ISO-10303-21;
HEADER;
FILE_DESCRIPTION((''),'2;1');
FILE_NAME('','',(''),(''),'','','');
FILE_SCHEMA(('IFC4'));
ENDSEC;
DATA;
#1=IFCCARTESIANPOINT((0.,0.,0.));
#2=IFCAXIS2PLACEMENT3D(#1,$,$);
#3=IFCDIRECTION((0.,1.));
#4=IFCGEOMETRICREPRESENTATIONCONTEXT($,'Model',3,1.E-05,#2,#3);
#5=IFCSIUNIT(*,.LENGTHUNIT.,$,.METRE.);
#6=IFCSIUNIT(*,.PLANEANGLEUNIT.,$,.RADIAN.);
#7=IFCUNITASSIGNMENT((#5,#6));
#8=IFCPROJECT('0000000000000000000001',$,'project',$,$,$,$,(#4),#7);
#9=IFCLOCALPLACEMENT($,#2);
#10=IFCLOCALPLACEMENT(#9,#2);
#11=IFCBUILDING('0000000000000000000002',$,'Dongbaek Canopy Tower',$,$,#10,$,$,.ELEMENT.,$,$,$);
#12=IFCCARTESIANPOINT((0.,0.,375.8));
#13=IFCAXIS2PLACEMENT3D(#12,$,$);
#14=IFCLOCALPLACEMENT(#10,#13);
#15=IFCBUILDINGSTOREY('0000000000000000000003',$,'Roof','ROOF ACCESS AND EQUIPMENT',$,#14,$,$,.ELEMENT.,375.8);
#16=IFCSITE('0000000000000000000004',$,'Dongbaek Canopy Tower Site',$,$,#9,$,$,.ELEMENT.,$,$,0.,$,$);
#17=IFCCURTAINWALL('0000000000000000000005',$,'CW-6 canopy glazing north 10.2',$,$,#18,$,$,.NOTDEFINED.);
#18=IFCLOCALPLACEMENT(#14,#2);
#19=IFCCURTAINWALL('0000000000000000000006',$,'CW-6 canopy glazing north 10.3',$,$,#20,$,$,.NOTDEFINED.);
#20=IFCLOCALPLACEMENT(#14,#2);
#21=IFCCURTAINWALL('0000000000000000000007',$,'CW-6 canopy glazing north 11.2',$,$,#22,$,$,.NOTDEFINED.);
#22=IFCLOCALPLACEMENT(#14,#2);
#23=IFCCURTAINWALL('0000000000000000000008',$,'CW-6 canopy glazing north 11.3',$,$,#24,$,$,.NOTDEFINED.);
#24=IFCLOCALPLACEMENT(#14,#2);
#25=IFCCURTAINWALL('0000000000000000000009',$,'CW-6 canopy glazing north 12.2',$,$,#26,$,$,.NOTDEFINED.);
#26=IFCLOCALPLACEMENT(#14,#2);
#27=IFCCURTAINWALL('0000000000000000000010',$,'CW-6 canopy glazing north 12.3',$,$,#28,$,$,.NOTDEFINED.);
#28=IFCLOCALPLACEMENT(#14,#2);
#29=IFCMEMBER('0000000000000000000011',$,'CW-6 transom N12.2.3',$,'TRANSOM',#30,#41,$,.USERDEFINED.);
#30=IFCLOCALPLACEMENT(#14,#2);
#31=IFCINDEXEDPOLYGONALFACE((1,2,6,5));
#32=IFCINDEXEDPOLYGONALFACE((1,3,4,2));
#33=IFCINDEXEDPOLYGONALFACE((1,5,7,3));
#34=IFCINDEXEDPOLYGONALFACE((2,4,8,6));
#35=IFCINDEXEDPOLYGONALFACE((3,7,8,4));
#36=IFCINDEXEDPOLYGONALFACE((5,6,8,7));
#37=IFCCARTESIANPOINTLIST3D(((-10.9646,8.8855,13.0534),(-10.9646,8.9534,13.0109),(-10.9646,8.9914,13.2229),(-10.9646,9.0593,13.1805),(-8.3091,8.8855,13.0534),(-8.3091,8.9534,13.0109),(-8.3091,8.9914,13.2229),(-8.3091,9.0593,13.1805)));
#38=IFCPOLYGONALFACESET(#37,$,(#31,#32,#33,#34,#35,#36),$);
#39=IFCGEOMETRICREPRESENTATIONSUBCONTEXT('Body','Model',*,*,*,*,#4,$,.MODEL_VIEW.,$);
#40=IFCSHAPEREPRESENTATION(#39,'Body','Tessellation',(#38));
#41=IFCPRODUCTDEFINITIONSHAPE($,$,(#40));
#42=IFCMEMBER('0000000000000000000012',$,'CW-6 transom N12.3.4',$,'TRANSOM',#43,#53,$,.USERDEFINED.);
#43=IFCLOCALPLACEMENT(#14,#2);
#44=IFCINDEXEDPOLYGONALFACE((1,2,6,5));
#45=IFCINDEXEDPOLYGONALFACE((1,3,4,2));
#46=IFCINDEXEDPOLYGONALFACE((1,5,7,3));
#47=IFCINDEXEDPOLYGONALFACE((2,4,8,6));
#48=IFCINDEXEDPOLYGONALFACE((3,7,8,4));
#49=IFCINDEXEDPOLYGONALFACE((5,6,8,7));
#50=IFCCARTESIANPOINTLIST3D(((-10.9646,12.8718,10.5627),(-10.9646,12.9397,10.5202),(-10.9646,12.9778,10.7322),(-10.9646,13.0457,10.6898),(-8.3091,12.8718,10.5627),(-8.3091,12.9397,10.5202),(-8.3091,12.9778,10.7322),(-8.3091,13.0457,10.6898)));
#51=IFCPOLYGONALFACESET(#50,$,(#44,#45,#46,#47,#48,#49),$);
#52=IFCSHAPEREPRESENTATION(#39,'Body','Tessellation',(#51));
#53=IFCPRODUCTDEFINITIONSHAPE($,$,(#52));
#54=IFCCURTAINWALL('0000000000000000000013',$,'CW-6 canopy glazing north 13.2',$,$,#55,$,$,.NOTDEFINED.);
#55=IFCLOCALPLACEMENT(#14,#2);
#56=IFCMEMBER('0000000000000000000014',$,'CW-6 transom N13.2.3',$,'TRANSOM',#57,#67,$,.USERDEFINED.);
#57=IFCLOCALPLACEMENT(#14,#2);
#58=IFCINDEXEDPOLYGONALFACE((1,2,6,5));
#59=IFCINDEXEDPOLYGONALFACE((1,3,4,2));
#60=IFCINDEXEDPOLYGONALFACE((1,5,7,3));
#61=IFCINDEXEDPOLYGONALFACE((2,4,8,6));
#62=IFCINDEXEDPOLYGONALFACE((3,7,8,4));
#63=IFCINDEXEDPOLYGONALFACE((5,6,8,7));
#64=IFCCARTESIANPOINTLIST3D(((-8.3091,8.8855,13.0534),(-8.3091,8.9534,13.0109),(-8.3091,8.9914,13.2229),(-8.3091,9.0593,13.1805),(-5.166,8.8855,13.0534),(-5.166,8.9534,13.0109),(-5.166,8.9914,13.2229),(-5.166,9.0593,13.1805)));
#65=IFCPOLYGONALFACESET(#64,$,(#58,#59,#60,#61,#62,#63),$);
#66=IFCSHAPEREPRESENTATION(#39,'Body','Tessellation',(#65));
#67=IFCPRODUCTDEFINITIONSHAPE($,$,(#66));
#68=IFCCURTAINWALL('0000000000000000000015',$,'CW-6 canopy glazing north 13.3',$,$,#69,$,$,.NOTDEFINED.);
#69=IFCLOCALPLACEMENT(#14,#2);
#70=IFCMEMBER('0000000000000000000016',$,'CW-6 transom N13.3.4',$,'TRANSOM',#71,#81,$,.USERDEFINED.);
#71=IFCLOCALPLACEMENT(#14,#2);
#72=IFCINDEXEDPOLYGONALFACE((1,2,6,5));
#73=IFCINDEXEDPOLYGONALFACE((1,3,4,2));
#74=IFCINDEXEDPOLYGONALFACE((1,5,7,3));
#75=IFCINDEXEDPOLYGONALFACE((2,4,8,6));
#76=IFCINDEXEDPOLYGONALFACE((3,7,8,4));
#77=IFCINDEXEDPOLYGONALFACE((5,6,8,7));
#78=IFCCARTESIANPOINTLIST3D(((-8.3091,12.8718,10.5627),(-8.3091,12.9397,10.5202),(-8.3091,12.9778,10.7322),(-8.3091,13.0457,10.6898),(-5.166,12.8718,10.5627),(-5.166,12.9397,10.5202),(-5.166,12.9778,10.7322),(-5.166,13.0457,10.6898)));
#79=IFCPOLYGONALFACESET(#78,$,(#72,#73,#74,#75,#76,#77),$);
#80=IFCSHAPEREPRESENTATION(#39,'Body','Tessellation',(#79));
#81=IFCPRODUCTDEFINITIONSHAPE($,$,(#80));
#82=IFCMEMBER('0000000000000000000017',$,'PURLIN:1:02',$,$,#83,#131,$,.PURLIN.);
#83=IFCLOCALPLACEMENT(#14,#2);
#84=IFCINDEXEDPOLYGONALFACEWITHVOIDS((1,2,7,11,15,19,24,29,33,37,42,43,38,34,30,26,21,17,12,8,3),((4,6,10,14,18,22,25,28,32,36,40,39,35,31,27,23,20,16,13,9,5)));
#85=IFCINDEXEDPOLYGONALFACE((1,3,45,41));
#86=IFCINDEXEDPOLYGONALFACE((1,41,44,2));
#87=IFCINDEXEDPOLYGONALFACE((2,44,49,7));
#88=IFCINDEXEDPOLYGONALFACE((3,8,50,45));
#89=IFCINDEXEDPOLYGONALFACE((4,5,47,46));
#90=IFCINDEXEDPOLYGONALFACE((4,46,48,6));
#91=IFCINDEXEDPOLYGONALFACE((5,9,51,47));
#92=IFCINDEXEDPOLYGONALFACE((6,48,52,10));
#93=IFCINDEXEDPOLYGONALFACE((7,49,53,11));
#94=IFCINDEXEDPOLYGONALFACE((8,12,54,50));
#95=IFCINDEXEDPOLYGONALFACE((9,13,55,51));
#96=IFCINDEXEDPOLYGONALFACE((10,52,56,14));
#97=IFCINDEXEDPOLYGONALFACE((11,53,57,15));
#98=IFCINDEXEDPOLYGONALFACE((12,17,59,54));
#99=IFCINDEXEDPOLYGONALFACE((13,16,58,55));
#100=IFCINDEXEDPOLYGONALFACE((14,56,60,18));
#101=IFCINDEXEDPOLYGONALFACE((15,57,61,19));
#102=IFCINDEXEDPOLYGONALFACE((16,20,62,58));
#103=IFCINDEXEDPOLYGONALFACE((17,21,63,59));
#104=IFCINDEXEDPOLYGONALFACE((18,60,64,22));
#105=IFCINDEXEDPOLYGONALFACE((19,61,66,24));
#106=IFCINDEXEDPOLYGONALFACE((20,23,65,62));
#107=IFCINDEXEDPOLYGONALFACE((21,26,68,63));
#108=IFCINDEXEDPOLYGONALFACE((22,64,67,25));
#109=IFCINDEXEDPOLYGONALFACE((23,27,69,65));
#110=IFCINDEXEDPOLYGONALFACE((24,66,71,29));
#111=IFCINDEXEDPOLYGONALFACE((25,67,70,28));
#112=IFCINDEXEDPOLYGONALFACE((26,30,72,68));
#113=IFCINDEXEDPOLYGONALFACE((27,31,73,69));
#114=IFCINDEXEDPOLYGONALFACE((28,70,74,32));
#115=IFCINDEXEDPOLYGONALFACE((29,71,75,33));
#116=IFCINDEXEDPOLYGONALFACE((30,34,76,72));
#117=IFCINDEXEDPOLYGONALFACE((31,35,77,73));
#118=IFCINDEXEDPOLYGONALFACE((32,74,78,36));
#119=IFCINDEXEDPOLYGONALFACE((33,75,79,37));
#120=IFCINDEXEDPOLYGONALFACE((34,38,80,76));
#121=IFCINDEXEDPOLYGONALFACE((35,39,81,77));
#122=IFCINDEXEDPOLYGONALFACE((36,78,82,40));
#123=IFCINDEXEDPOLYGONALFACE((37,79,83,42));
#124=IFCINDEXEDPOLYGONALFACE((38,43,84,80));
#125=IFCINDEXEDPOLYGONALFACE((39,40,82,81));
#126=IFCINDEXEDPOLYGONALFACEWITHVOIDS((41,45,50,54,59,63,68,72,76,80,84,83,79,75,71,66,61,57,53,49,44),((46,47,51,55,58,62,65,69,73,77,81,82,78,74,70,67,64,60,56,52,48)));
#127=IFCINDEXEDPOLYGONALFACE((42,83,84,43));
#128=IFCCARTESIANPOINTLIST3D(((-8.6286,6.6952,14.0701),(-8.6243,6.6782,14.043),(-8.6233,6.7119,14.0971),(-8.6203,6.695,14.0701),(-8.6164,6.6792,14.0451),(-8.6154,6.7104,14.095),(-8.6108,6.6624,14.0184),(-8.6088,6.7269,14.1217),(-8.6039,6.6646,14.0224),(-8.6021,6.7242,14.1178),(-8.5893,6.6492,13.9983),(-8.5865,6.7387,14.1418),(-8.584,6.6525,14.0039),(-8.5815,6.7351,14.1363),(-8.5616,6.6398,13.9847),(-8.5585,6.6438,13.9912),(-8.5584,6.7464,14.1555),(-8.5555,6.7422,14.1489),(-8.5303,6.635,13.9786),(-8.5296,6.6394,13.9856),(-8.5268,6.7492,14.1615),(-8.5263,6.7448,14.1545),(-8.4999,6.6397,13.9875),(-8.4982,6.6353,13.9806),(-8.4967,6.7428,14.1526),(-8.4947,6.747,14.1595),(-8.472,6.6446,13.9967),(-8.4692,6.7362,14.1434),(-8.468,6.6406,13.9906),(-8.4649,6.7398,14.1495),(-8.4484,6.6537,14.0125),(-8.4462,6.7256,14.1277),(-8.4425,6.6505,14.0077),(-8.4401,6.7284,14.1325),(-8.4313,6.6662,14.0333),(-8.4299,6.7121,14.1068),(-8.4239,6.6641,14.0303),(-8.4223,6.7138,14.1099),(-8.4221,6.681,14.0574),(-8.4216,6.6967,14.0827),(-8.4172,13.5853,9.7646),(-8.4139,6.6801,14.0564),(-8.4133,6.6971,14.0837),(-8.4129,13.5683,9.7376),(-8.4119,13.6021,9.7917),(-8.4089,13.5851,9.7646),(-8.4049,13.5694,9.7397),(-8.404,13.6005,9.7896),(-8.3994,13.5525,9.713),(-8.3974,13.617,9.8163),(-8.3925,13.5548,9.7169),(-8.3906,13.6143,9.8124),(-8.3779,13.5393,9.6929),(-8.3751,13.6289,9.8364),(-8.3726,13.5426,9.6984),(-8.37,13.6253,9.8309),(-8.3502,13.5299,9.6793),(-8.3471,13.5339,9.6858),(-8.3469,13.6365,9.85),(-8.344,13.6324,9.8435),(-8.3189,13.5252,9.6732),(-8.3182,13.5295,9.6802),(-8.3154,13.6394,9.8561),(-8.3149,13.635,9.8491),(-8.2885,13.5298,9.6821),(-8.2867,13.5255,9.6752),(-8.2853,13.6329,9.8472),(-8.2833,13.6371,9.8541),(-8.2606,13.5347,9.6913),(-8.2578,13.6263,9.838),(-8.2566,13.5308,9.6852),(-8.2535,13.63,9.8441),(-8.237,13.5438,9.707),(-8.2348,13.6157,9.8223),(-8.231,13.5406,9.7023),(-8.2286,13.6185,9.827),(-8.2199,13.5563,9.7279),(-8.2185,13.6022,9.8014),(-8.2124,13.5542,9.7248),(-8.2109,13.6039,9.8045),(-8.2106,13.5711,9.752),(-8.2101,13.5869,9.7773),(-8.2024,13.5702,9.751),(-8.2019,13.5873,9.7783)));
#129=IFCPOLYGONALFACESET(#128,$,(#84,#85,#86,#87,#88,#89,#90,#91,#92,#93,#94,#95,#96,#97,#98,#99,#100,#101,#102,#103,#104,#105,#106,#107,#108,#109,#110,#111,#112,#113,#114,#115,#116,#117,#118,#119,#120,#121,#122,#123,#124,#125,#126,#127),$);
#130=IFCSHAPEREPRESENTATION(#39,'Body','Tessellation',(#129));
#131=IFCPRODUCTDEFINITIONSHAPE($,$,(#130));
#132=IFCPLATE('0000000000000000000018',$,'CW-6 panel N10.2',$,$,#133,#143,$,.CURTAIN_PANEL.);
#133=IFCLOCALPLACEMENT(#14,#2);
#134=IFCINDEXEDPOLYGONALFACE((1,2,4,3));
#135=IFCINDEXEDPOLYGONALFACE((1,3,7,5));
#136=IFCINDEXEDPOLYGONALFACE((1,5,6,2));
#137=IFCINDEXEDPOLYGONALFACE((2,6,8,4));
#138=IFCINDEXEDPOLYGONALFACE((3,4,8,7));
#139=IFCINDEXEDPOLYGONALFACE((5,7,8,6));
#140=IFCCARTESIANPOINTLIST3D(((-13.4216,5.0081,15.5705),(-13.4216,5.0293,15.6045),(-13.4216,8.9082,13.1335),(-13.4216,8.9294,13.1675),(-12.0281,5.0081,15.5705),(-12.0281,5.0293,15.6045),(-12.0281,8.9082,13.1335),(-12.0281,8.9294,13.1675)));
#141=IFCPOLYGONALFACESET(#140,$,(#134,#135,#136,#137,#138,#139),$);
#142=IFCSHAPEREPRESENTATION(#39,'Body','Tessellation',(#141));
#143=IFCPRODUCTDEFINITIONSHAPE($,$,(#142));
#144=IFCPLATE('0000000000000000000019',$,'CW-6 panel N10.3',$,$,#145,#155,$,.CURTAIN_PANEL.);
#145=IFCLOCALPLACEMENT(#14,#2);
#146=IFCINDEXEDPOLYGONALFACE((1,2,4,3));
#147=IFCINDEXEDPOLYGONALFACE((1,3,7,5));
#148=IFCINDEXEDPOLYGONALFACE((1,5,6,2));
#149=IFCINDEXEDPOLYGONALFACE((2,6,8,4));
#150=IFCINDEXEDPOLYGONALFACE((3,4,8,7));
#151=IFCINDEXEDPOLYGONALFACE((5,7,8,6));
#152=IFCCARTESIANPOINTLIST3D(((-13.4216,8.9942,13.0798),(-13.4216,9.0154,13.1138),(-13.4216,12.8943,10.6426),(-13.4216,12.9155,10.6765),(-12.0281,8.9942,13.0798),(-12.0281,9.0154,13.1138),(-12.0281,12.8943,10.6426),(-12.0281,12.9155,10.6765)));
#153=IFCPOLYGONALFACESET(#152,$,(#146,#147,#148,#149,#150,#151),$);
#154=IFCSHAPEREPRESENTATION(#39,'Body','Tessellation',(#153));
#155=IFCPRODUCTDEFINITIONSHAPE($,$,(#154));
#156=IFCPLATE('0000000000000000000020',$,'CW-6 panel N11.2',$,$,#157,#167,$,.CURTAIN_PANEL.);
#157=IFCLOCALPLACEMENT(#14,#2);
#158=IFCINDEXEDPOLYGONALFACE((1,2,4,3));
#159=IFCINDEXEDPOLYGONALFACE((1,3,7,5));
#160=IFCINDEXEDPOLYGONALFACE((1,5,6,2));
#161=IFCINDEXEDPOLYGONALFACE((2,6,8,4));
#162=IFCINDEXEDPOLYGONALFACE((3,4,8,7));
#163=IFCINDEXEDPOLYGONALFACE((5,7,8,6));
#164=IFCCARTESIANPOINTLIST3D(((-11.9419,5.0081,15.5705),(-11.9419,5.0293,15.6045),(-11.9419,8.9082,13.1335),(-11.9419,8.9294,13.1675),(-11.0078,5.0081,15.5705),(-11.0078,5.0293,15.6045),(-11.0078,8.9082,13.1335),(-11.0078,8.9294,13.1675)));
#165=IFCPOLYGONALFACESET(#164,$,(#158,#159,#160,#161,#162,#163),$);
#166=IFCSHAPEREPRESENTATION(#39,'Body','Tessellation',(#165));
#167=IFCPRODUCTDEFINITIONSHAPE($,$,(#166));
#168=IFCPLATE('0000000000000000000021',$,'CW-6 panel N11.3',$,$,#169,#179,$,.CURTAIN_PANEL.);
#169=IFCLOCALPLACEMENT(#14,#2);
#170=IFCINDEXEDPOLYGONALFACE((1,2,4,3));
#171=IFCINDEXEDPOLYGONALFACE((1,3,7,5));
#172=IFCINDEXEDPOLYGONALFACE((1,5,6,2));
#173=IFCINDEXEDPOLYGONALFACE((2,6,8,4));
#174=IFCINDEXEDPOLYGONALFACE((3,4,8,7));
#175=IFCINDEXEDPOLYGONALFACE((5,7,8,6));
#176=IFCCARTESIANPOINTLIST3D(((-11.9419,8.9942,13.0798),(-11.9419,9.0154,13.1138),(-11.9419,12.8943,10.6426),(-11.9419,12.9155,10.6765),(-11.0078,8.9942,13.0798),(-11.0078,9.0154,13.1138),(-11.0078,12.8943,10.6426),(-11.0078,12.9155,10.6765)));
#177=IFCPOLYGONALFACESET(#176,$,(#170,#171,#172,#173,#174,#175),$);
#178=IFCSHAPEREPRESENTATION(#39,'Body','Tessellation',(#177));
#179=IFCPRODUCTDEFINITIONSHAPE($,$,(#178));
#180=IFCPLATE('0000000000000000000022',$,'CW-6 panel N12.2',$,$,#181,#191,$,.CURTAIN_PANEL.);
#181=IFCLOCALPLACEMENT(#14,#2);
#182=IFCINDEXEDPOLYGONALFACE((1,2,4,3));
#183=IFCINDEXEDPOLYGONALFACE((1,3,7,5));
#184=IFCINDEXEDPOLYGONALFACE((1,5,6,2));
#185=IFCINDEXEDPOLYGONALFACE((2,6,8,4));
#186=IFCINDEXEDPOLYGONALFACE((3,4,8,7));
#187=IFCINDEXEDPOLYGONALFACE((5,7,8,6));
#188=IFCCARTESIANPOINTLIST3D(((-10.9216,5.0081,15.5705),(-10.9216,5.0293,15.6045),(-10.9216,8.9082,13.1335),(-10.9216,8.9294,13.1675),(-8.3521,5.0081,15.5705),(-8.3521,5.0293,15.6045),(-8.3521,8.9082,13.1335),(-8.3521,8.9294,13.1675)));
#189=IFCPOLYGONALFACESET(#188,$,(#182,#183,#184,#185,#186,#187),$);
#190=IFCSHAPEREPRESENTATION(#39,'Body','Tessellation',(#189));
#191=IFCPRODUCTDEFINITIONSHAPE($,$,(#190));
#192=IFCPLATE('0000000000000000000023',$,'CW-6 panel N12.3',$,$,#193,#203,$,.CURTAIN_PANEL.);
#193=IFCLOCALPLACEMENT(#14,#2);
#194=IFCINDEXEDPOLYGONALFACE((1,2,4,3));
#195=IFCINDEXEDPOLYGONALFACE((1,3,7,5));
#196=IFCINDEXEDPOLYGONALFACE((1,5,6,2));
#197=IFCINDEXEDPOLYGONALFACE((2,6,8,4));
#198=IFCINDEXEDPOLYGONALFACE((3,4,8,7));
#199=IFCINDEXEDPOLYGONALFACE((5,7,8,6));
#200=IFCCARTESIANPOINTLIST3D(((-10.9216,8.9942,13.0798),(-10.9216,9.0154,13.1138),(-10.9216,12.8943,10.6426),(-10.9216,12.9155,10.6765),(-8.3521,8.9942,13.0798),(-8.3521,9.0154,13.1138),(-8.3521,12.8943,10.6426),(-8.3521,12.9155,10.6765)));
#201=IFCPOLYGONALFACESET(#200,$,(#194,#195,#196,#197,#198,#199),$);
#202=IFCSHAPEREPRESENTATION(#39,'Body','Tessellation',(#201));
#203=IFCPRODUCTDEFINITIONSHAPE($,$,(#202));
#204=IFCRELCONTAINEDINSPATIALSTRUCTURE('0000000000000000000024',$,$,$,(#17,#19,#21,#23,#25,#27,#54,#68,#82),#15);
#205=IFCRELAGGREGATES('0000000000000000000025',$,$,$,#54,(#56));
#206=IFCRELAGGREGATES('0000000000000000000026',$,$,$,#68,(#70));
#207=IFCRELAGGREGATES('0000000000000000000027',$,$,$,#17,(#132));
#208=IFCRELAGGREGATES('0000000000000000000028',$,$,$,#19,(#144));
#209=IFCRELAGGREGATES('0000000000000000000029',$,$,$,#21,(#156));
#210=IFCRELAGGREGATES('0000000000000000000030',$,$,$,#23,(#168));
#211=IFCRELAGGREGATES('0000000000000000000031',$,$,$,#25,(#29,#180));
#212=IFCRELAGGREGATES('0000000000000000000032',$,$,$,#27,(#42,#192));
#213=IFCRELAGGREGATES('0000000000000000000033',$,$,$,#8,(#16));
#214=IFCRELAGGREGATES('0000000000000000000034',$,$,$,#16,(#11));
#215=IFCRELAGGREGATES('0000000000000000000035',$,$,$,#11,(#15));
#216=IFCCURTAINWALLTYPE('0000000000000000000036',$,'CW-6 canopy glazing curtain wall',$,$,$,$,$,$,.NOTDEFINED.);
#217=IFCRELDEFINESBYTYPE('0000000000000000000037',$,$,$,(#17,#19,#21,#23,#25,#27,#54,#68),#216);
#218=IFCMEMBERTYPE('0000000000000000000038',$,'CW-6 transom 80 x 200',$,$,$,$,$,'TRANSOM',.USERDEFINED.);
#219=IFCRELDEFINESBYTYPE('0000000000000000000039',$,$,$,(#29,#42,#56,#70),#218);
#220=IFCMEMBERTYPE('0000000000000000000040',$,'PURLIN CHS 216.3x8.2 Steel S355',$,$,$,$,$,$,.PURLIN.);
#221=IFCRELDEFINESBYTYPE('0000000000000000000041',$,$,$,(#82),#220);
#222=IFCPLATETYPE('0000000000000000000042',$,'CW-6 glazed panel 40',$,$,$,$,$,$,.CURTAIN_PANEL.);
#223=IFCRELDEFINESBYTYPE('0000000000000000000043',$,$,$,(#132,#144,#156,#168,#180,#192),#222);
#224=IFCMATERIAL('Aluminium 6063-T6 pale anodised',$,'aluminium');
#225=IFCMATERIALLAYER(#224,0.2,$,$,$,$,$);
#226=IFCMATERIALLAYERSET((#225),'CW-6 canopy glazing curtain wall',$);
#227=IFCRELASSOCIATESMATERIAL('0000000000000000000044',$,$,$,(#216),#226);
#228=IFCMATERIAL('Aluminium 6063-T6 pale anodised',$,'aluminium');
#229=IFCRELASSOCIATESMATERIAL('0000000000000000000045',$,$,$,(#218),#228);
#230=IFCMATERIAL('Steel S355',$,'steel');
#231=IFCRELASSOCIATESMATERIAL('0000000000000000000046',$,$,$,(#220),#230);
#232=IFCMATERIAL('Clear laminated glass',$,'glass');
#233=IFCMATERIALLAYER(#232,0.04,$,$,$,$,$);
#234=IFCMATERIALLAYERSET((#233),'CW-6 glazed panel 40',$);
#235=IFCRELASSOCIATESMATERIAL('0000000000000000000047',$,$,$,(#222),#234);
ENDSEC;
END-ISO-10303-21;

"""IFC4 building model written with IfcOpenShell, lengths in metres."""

from ifc_helpers import new_model, si_unit, direction, frame, origin, origin_2d, place, context, subcontext, project, spatial, polyline, rectangle, hollow_circle, outline, extrude, material, layer, layer_set, material_profile, profile_set, type_object, element, aggregate, save


model = new_model("IFC4")

# Units and contexts
model_context = context("Model", 3, precision=1e-05, world=origin(), true_north=direction((0.0, 1.0)))
body_context = subcontext(model_context, "Body", "Model", "MODEL_VIEW")
ifc_project = project(units=[si_unit("LENGTHUNIT", "METRE"), si_unit("PLANEANGLEUNIT", "RADIAN")], contexts=[model_context])

# Site, building, storey
site_placement = place(None, origin())
site = spatial("IfcSite", under=ifc_project, at=site_placement, Name="Dongbaek Canopy Tower Site", CompositionType="ELEMENT", RefElevation=0.0)
building_placement = place(site_placement, origin())
building = spatial("IfcBuilding", under=site, at=building_placement, Name="Dongbaek Canopy Tower", CompositionType="ELEMENT")
storey_placement = place(building_placement, frame((0.0, 0.0, 375.8)))
storey = spatial("IfcBuildingStorey", under=building, at=storey_placement, Name="Roof", Description="ROOF ACCESS AND EQUIPMENT", CompositionType="ELEMENT", Elevation=375.8)

# Curtain walls
ifc_material_1 = material(Name="Aluminium 6063-T6 pale anodised", Category="aluminium")
ifc_layer_1 = layer(ifc_material_1, 0.2)
ifc_layer_set_1 = layer_set([ifc_layer_1], Name="CW-6 canopy glazing curtain wall")
curtain_wall_type = type_object("IfcCurtainWallType", Name="CW-6 canopy glazing curtain wall", PredefinedType="NOTDEFINED", material=ifc_layer_set_1)
curtain_wall_1_placement = place(storey_placement, origin())
curtain_wall_1 = element("IfcCurtainWall", 1, at=curtain_wall_1_placement, inside=storey, type_object=curtain_wall_type, Name="CW-6 canopy glazing north 10.2", PredefinedType="NOTDEFINED")
curtain_wall_2_placement = place(storey_placement, origin())
curtain_wall_2 = element("IfcCurtainWall", 2, at=curtain_wall_2_placement, inside=storey, type_object=curtain_wall_type, Name="CW-6 canopy glazing north 10.3", PredefinedType="NOTDEFINED")
curtain_wall_3_placement = place(storey_placement, origin())
curtain_wall_3 = element("IfcCurtainWall", 3, at=curtain_wall_3_placement, inside=storey, type_object=curtain_wall_type, Name="CW-6 canopy glazing north 11.2", PredefinedType="NOTDEFINED")
curtain_wall_4_placement = place(storey_placement, origin())
curtain_wall_4 = element("IfcCurtainWall", 4, at=curtain_wall_4_placement, inside=storey, type_object=curtain_wall_type, Name="CW-6 canopy glazing north 11.3", PredefinedType="NOTDEFINED")
curtain_wall_5_placement = place(storey_placement, origin())
curtain_wall_5 = element("IfcCurtainWall", 5, at=curtain_wall_5_placement, inside=storey, type_object=curtain_wall_type, Name="CW-6 canopy glazing north 12.2", PredefinedType="NOTDEFINED")
curtain_wall_6_placement = place(storey_placement, origin())
curtain_wall_6 = element("IfcCurtainWall", 6, at=curtain_wall_6_placement, inside=storey, type_object=curtain_wall_type, Name="CW-6 canopy glazing north 12.3", PredefinedType="NOTDEFINED")
ifc_material_2 = material(Name="Aluminium 6063-T6 pale anodised", Category="aluminium")
ifc_material_profile_1 = material_profile(ifc_material_2, rectangle(XDim=0.0801, YDim=0.2, at=origin_2d()), Name="CW-6 transom 80 x 200")
ifc_profile_set_1 = profile_set([ifc_material_profile_1], Name="Aluminium 6063-T6 pale anodised")
member_type_1 = type_object("IfcMemberType", Name="CW-6 transom 80 x 200", ElementType="TRANSOM", PredefinedType="USERDEFINED", material=ifc_profile_set_1)

# Members
member_1_placement = place(storey_placement, frame((-10.9646, 8.9724, 13.1169), z_axis=(1.0, 0.0, 0.0), x_axis=(0.0, 0.848048, -0.529919)))
member_1 = element("IfcMember", 7, at=member_1_placement, type_object=member_type_1, Name="CW-6 transom N12.2.3", ObjectType="TRANSOM", PredefinedType="USERDEFINED", context=body_context, shape_type="SweptSolid", body=[
    extrude(rectangle(XDim=0.0801, YDim=0.2, at=origin_2d()), origin(), (0.0, 0.0, 1.0), 2.6555),
])
member_2_placement = place(storey_placement, frame((-10.9646, 12.9587, 10.6262), z_axis=(1.0, 0.0, 0.0), x_axis=(0.0, 0.848048, -0.529919)))
member_2 = element("IfcMember", 8, at=member_2_placement, type_object=member_type_1, Name="CW-6 transom N12.3.4", ObjectType="TRANSOM", PredefinedType="USERDEFINED", context=body_context, shape_type="SweptSolid", body=[
    extrude(rectangle(XDim=0.0801, YDim=0.2, at=origin_2d()), origin(), (0.0, 0.0, 1.0), 2.6555),
])

# Curtain walls, members
curtain_wall_7_placement = place(storey_placement, origin())
curtain_wall_7 = element("IfcCurtainWall", 9, at=curtain_wall_7_placement, inside=storey, type_object=curtain_wall_type, Name="CW-6 canopy glazing north 13.2", PredefinedType="NOTDEFINED")
member_3_placement = place(storey_placement, frame((-8.3091, 8.9724, 13.1169), z_axis=(1.0, 0.0, 0.0), x_axis=(0.0, 0.848048, -0.529919)))
member_3 = element("IfcMember", 10, at=member_3_placement, type_object=member_type_1, Name="CW-6 transom N13.2.3", ObjectType="TRANSOM", PredefinedType="USERDEFINED", context=body_context, shape_type="SweptSolid", body=[
    extrude(rectangle(XDim=0.0801, YDim=0.2, at=origin_2d()), origin(), (0.0, 0.0, 1.0), 3.1431),
])
aggregate(curtain_wall_7, [member_3])
curtain_wall_8_placement = place(storey_placement, origin())
curtain_wall_8 = element("IfcCurtainWall", 11, at=curtain_wall_8_placement, inside=storey, type_object=curtain_wall_type, Name="CW-6 canopy glazing north 13.3", PredefinedType="NOTDEFINED")
member_4_placement = place(storey_placement, frame((-8.3091, 12.9587, 10.6262), z_axis=(1.0, 0.0, 0.0), x_axis=(0.0, 0.848048, -0.529919)))
member_4 = element("IfcMember", 12, at=member_4_placement, type_object=member_type_1, Name="CW-6 transom N13.3.4", ObjectType="TRANSOM", PredefinedType="USERDEFINED", context=body_context, shape_type="SweptSolid", body=[
    extrude(rectangle(XDim=0.0801, YDim=0.2, at=origin_2d()), origin(), (0.0, 0.0, 1.0), 3.1431),
])
aggregate(curtain_wall_8, [member_4])

# Member
ifc_material_3 = material(Name="Steel S355", Category="steel")
ifc_material_profile_2 = material_profile(ifc_material_3, hollow_circle(Radius=0.1082, WallThickness=0.0083, at=origin_2d()), Name="PURLIN CHS 216.3x8.2 Steel S355")
ifc_profile_set_2 = profile_set([ifc_material_profile_2], Name="Steel S355")
member_type_2 = type_object("IfcMemberType", Name="PURLIN CHS 216.3x8.2 Steel S355", PredefinedType="PURLIN", material=ifc_profile_set_2)
member_5_placement = place(storey_placement, frame((-8.5205, 6.6919, 14.0701), z_axis=(0.026014, 0.847762, -0.529739), x_axis=(-0.99953, 0.030671, 0.0)))
element("IfcMember", 13, at=member_5_placement, inside=storey, type_object=member_type_2, Name="PURLIN:1:02", PredefinedType="PURLIN", context=body_context, shape_type="SweptSolid", body=[
    extrude(hollow_circle(Radius=0.1082, WallThickness=0.0083, at=origin_2d()), origin(), (0.0, 0.0, 1.0), 8.1274),
])

# Plates
ifc_material_4 = material(Name="Clear laminated glass", Category="glass")
ifc_layer_2 = layer(ifc_material_4, 0.04)
ifc_layer_set_2 = layer_set([ifc_layer_2], Name="CW-6 glazed panel 40")
plate_type = type_object("IfcPlateType", Name="CW-6 glazed panel 40", PredefinedType="CURTAIN_PANEL", material=ifc_layer_set_2)
plate_1_placement = place(storey_placement, frame((-12.0281, 5.0293, 15.6045), z_axis=(0.0, 0.529908, 0.848055), x_axis=(-1.0, 0.0, 0.0)))
plate_1 = element("IfcPlate", 14, at=plate_1_placement, type_object=plate_type, Name="CW-6 panel N10.2", PredefinedType="CURTAIN_PANEL", context=body_context, shape_type="SweptSolid", body=[
    extrude(outline(polyline([(0.0, 0.0), (1.3936, 0.0), (1.3936, -4.5989), (0.0, -4.5989), (0.0, 0.0)])), origin(), (0.0, 0.0, -1.0), 0.04),
])
aggregate(curtain_wall_1, [plate_1])
plate_2_placement = place(storey_placement, frame((-12.0281, 9.0154, 13.1138), z_axis=(0.0, 0.529946, 0.848031), x_axis=(-1.0, 0.0, 0.0)))
plate_2 = element("IfcPlate", 15, at=plate_2_placement, type_object=plate_type, Name="CW-6 panel N10.3", PredefinedType="CURTAIN_PANEL", context=body_context, shape_type="SweptSolid", body=[
    extrude(outline(polyline([(0.0, 0.0), (1.3936, 0.0), (1.3936, -4.5991), (0.0, -4.5991), (0.0, 0.0)])), origin(), (0.0, 0.0, -1.0), 0.04),
])
aggregate(curtain_wall_2, [plate_2])
plate_3_placement = place(storey_placement, frame((-11.0078, 5.0293, 15.6045), z_axis=(0.0, 0.529908, 0.848055), x_axis=(-1.0, 0.0, 0.0)))
plate_3 = element("IfcPlate", 16, at=plate_3_placement, type_object=plate_type, Name="CW-6 panel N11.2", PredefinedType="CURTAIN_PANEL", context=body_context, shape_type="SweptSolid", body=[
    extrude(outline(polyline([(0.0, 0.0), (0.9341, 0.0), (0.9341, -4.5989), (0.0, -4.5989), (0.0, 0.0)])), origin(), (0.0, 0.0, -1.0), 0.04),
])
aggregate(curtain_wall_3, [plate_3])
plate_4_placement = place(storey_placement, frame((-11.0078, 9.0154, 13.1138), z_axis=(0.0, 0.529946, 0.848031), x_axis=(-1.0, 0.0, 0.0)))
plate_4 = element("IfcPlate", 17, at=plate_4_placement, type_object=plate_type, Name="CW-6 panel N11.3", PredefinedType="CURTAIN_PANEL", context=body_context, shape_type="SweptSolid", body=[
    extrude(outline(polyline([(0.0, 0.0), (0.9341, 0.0), (0.9341, -4.5991), (0.0, -4.5991), (0.0, 0.0)])), origin(), (0.0, 0.0, -1.0), 0.04),
])
aggregate(curtain_wall_4, [plate_4])
plate_5_placement = place(storey_placement, frame((-8.3521, 5.0293, 15.6045), z_axis=(0.0, 0.529908, 0.848055), x_axis=(-1.0, 0.0, 0.0)))
plate_5 = element("IfcPlate", 18, at=plate_5_placement, type_object=plate_type, Name="CW-6 panel N12.2", PredefinedType="CURTAIN_PANEL", context=body_context, shape_type="SweptSolid", body=[
    extrude(outline(polyline([(0.0, 0.0), (2.5696, 0.0), (2.5696, -4.5989), (0.0, -4.5989), (0.0, 0.0)])), origin(), (0.0, 0.0, -1.0), 0.04),
])
aggregate(curtain_wall_5, [member_1, plate_5])
plate_6_placement = place(storey_placement, frame((-8.3521, 9.0154, 13.1138), z_axis=(0.0, 0.529946, 0.848031), x_axis=(-1.0, 0.0, 0.0)))
plate_6 = element("IfcPlate", 19, at=plate_6_placement, type_object=plate_type, Name="CW-6 panel N12.3", PredefinedType="CURTAIN_PANEL", context=body_context, shape_type="SweptSolid", body=[
    extrude(outline(polyline([(0.0, 0.0), (2.5696, 0.0), (2.5696, -4.5991), (0.0, -4.5991), (0.0, 0.0)])), origin(), (0.0, 0.0, -1.0), 0.04),
])
aggregate(curtain_wall_6, [member_2, plate_6])

save(model, "model.ifc")
